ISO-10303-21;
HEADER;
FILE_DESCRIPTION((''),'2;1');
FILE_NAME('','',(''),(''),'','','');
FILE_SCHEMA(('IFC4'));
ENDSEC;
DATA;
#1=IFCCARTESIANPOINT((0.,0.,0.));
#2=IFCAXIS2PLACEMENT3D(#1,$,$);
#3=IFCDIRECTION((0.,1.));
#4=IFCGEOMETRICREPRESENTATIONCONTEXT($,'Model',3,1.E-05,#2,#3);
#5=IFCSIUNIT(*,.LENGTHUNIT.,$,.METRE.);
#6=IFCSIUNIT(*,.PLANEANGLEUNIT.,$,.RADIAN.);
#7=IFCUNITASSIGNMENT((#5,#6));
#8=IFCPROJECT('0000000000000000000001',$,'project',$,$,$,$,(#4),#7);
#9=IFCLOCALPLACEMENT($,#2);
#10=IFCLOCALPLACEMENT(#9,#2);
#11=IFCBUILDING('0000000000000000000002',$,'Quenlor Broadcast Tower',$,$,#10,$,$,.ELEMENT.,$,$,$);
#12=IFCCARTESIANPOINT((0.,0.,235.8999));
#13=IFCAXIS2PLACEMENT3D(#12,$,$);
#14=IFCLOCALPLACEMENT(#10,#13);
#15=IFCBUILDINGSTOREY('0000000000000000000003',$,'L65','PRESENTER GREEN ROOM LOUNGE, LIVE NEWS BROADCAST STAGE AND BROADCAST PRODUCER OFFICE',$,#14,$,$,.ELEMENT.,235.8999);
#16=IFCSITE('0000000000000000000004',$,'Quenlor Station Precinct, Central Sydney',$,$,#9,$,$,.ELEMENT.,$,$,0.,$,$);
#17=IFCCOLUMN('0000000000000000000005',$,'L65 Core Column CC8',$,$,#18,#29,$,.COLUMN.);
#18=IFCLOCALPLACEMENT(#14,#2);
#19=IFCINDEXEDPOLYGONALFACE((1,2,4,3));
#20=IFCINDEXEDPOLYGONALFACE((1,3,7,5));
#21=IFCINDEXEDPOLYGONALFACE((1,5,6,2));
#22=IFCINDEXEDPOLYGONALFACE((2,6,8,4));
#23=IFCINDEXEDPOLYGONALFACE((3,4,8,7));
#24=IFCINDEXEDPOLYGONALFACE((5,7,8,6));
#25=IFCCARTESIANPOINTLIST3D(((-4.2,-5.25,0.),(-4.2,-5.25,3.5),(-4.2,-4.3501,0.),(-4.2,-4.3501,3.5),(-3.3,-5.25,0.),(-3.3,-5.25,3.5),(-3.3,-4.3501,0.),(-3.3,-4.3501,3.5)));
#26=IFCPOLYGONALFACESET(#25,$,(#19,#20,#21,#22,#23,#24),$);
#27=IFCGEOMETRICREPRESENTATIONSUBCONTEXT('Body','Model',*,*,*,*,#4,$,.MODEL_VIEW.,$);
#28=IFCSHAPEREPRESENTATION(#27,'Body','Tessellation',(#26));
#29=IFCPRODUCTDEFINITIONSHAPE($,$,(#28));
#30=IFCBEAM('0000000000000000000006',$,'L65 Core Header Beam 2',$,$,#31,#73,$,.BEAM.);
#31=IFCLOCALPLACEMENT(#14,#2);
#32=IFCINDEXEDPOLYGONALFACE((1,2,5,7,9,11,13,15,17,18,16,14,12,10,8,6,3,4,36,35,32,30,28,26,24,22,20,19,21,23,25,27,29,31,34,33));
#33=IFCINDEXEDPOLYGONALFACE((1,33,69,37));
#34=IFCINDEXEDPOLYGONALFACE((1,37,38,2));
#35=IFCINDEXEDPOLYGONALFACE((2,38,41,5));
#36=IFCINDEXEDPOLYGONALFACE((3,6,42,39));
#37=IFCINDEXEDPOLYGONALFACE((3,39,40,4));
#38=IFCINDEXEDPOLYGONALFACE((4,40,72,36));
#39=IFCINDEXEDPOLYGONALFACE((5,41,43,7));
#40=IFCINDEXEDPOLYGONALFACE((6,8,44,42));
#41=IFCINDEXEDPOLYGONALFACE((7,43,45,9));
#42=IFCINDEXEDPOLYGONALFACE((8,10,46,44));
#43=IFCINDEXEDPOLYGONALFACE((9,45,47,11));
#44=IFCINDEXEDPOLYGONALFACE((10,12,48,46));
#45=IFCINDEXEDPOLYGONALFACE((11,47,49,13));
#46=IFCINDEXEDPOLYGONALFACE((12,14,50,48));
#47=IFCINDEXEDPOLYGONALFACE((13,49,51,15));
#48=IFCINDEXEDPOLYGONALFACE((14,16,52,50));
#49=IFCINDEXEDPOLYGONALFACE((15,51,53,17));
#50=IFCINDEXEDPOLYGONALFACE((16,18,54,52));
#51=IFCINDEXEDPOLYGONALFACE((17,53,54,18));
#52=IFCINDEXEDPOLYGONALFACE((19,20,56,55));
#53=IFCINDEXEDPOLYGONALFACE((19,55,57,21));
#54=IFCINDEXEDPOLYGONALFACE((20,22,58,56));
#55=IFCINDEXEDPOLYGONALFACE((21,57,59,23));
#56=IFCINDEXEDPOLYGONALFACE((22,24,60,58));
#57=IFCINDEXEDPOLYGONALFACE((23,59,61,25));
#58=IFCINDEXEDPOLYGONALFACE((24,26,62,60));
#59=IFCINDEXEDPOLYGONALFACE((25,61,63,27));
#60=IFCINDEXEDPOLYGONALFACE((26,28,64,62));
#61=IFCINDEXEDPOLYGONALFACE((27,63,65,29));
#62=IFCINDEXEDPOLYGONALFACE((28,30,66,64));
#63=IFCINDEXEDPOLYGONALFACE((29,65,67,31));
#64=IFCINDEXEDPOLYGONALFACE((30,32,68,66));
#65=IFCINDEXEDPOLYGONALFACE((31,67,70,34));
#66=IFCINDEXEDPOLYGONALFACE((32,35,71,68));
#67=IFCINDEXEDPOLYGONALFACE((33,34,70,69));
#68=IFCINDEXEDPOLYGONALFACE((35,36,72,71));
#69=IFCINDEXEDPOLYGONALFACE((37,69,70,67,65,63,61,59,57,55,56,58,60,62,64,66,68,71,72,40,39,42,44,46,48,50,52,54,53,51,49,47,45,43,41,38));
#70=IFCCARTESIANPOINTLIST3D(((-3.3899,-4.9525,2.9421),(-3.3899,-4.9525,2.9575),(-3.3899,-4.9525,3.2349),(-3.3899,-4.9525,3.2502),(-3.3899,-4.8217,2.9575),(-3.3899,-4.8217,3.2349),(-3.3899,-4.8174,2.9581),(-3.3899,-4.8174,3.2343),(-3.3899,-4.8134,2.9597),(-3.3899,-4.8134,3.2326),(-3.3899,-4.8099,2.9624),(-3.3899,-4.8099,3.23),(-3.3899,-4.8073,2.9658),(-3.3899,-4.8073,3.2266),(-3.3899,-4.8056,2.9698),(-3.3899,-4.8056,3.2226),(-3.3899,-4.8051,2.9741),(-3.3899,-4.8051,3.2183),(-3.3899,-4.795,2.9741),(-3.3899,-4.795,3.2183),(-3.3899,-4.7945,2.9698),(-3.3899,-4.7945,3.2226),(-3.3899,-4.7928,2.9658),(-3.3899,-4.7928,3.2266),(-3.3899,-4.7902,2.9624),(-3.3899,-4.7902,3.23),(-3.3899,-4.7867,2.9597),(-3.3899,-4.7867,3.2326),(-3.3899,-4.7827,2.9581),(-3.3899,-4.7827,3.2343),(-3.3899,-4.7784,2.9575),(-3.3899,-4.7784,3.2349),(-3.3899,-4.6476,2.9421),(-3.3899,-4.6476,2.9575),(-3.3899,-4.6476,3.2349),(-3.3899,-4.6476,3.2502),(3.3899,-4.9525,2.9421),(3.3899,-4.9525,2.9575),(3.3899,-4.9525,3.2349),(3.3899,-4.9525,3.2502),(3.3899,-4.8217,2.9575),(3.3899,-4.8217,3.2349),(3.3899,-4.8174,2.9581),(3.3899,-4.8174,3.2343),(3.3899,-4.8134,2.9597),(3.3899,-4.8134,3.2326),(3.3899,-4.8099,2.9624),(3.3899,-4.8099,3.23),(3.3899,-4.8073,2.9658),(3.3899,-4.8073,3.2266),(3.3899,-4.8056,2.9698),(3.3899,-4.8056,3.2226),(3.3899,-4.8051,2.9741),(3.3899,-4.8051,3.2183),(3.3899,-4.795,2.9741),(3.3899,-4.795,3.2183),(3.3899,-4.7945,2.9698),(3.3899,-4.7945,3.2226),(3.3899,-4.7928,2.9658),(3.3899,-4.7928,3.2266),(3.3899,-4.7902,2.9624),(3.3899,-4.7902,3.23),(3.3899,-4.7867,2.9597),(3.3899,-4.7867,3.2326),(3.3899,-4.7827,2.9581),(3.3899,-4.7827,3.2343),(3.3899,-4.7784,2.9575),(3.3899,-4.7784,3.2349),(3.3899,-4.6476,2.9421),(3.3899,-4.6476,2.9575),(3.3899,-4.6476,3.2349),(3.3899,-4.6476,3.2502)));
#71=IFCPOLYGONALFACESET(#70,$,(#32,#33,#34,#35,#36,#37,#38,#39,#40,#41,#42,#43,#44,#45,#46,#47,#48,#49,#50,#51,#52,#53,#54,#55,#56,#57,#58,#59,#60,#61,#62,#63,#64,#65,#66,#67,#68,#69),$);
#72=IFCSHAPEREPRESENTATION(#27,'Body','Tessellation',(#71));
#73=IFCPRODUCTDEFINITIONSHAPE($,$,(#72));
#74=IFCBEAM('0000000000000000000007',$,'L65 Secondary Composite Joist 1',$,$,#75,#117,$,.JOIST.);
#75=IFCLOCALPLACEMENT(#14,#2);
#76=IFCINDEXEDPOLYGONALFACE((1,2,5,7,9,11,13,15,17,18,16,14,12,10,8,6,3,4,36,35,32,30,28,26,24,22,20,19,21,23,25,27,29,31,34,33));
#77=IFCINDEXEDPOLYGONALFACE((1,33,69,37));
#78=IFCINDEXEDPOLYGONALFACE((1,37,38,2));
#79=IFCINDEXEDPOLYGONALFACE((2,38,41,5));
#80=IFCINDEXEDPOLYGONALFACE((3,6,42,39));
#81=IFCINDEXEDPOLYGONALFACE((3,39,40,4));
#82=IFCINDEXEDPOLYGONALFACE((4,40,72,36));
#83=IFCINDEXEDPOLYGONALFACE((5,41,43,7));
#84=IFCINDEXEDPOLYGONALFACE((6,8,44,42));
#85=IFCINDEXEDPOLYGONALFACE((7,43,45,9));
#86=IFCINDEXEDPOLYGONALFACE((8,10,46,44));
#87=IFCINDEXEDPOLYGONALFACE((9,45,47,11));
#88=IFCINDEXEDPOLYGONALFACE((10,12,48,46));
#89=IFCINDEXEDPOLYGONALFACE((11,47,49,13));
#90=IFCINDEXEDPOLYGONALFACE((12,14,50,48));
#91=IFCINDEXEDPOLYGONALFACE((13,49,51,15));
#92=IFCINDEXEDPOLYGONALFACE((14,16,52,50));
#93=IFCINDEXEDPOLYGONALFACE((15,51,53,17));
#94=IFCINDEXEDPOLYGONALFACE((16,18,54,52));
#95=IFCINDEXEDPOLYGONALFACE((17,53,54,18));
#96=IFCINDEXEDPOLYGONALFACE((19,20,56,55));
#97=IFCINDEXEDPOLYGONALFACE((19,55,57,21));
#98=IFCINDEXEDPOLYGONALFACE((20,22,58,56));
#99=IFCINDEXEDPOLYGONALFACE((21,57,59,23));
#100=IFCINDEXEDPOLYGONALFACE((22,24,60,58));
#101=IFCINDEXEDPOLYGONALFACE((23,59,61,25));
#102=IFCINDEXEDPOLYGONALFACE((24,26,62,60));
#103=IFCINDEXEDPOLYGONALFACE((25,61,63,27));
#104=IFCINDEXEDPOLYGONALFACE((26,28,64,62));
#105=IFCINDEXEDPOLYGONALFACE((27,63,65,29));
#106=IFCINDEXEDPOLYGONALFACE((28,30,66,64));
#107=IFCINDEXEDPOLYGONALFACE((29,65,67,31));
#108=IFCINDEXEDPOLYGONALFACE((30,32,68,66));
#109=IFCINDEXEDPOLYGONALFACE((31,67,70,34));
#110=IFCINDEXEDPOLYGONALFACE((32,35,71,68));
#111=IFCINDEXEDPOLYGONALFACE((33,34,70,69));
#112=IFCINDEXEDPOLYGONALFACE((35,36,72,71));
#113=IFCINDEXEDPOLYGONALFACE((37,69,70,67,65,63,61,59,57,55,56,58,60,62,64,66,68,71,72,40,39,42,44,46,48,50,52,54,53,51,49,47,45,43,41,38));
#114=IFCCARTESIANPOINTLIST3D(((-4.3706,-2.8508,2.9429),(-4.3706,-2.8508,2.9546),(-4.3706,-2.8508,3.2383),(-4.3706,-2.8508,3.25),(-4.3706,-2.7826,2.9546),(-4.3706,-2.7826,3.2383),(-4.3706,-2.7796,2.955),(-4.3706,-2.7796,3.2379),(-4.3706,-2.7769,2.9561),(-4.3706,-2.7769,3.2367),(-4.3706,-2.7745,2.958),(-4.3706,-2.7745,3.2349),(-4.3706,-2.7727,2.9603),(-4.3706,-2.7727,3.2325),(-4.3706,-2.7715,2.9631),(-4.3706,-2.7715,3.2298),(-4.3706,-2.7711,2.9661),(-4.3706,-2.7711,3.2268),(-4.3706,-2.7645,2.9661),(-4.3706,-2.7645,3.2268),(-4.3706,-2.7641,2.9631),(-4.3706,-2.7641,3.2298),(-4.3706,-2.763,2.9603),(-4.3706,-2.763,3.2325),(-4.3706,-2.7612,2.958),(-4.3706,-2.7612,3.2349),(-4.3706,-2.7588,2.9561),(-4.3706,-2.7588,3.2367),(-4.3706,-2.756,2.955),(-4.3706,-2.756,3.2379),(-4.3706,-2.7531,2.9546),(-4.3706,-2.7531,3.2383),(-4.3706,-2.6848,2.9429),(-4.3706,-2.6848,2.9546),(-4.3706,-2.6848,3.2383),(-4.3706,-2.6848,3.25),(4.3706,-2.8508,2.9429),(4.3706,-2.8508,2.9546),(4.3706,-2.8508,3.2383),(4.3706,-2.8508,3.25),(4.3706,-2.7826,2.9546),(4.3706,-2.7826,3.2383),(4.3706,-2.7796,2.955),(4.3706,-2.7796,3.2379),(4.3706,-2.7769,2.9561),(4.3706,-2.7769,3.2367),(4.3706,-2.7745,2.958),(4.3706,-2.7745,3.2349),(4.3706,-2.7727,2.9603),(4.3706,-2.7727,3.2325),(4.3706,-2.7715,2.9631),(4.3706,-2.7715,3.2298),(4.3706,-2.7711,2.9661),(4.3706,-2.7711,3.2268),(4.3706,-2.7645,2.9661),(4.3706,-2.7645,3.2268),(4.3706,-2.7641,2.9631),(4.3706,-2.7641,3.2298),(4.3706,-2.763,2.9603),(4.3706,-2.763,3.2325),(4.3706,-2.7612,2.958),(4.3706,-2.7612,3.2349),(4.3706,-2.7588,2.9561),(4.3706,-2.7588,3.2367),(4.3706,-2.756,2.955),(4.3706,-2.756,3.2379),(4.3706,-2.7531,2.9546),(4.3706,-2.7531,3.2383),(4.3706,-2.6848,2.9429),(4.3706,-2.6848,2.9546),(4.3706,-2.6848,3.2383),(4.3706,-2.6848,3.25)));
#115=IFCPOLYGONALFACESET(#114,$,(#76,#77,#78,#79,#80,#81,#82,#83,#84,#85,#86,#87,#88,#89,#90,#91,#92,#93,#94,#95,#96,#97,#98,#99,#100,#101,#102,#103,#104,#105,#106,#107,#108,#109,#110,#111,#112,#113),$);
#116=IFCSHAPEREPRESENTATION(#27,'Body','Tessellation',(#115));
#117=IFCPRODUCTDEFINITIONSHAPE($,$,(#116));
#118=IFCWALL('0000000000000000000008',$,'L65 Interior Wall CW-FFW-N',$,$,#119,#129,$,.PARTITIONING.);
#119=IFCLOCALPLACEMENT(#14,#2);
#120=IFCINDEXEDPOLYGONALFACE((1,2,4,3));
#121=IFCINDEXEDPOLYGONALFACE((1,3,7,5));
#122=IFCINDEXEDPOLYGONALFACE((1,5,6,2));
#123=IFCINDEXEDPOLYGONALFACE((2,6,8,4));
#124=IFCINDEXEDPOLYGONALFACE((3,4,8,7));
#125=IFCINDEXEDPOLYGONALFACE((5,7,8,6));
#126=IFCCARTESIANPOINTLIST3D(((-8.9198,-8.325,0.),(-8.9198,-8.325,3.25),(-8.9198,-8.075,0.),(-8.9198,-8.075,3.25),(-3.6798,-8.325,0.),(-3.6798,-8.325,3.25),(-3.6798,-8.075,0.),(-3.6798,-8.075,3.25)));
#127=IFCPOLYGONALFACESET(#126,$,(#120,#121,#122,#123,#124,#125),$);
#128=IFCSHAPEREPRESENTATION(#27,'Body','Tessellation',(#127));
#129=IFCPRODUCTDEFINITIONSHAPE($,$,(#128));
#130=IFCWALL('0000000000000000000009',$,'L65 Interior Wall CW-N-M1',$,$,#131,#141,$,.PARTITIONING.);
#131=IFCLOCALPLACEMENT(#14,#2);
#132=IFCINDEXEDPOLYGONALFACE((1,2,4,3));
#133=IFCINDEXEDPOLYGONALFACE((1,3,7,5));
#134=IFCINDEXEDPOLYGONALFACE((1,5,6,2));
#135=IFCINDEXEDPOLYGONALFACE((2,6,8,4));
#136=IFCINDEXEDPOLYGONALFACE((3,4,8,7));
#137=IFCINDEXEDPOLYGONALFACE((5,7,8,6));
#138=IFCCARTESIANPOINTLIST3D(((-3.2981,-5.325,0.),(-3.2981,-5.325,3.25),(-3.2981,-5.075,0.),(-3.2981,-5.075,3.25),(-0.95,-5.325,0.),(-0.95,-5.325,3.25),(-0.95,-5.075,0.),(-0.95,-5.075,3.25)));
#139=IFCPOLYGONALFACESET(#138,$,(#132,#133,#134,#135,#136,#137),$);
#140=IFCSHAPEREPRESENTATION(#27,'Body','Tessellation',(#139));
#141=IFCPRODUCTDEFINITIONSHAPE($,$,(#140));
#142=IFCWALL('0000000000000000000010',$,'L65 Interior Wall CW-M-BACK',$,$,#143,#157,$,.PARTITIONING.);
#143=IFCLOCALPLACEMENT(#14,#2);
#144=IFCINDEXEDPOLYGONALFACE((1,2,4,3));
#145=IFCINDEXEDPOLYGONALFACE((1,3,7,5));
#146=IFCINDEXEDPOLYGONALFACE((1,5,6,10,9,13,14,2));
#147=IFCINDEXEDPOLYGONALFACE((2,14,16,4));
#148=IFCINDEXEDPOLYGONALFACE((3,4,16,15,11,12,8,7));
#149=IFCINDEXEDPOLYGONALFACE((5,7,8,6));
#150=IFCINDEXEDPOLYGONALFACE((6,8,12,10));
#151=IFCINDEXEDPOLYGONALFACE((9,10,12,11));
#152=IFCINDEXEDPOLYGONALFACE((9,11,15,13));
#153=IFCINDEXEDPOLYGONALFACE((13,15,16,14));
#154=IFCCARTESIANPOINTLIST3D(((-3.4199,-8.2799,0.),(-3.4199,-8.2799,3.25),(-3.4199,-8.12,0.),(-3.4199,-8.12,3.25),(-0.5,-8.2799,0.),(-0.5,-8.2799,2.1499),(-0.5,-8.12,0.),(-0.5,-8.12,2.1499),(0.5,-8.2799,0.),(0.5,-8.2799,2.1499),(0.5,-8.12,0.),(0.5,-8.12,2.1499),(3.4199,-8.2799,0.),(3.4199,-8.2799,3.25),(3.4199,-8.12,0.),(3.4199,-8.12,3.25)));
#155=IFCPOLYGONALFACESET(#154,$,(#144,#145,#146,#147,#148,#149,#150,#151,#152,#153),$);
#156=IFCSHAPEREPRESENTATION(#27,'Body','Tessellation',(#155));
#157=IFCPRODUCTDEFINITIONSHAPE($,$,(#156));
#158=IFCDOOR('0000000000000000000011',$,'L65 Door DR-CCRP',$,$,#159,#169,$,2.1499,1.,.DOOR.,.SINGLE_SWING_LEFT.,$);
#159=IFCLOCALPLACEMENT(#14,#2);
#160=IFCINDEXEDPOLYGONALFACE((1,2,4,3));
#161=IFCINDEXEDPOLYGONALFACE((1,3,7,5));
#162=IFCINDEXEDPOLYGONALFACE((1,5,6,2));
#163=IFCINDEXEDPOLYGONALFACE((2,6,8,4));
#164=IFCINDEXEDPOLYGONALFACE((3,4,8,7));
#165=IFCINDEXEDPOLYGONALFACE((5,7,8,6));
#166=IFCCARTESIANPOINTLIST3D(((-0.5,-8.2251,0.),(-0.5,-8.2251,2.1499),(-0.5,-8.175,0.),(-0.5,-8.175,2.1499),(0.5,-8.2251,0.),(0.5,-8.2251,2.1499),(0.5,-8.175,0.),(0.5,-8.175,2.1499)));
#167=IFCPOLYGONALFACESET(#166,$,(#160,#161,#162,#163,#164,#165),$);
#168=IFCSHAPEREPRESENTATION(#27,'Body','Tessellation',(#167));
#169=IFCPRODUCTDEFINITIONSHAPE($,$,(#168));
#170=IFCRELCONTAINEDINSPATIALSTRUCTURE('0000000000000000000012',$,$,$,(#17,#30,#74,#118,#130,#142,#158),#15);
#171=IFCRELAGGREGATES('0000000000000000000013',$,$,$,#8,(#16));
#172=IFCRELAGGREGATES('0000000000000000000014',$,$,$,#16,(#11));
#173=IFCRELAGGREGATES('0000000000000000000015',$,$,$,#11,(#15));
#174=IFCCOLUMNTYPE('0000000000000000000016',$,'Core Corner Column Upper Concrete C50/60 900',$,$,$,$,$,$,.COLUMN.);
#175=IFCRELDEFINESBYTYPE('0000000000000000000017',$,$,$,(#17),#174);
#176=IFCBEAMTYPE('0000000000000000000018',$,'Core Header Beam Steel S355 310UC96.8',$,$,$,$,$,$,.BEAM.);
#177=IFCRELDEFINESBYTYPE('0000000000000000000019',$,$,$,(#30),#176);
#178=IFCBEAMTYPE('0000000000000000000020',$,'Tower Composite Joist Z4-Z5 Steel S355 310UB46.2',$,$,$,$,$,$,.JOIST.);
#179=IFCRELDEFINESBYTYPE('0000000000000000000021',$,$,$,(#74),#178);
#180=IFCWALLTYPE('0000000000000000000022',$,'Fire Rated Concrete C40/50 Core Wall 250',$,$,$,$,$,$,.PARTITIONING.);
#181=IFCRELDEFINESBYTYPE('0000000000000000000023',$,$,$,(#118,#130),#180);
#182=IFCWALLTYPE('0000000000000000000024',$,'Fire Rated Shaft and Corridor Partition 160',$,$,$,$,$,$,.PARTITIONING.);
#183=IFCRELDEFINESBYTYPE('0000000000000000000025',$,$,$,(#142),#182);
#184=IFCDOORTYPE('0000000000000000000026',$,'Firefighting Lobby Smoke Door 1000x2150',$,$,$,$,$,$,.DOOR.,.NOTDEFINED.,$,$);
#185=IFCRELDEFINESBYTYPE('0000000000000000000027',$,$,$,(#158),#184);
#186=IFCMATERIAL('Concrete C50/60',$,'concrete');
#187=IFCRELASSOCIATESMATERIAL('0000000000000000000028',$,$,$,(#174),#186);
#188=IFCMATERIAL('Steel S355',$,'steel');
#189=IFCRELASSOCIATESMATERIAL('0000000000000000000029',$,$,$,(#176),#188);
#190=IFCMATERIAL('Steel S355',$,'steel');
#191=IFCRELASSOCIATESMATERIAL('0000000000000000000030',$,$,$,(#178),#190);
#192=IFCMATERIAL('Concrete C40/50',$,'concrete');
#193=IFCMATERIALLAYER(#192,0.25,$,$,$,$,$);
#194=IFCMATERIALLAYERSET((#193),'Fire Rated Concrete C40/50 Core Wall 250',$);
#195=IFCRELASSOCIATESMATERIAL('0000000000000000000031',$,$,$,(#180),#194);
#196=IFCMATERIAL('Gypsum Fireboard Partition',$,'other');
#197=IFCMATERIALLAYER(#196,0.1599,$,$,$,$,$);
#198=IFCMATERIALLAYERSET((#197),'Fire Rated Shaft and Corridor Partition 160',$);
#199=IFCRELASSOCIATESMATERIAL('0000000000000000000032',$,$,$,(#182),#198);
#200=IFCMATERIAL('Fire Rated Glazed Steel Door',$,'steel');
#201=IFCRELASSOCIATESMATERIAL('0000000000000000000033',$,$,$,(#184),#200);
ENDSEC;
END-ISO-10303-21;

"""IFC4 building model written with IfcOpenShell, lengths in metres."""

from ifc_helpers import new_model, si_unit, direction, frame, frame_2d, origin, origin_2d, place, context, subcontext, project, spatial, rectangle, i_section, extrude, material, layer, layer_set, material_profile, profile_set, type_object, element, fill, save


model = new_model("IFC4")

# Units and contexts
model_context = context("Model", 3, precision=1e-05, world=origin(), true_north=direction((0.0, 1.0)))
body_context = subcontext(model_context, "Body", "Model", "MODEL_VIEW")
ifc_project = project(units=[si_unit("LENGTHUNIT", "METRE"), si_unit("PLANEANGLEUNIT", "RADIAN")], contexts=[model_context])

# Site, building, storey
site_placement = place(None, origin())
site = spatial("IfcSite", under=ifc_project, at=site_placement, Name="Quenlor Station Precinct, Central Sydney", CompositionType="ELEMENT", RefElevation=0.0)
building_placement = place(site_placement, origin())
building = spatial("IfcBuilding", under=site, at=building_placement, Name="Quenlor Broadcast Tower", CompositionType="ELEMENT")
storey_placement = place(building_placement, frame((0.0, 0.0, 235.8999)))
storey = spatial("IfcBuildingStorey", under=building, at=storey_placement, Name="L65", Description="PRESENTER GREEN ROOM LOUNGE, LIVE NEWS BROADCAST STAGE AND BROADCAST PRODUCER OFFICE", CompositionType="ELEMENT", Elevation=235.8999)

# Column
ifc_material_1 = material(Name="Concrete C50/60", Category="concrete")
ifc_material_profile_1 = material_profile(ifc_material_1, rectangle(XDim=0.8999, YDim=0.8999, at=origin_2d()))
ifc_profile_set_1 = profile_set([ifc_material_profile_1], Name="Concrete C50/60 RC900x900")
column_type = type_object("IfcColumnType", Name="Core Corner Column Upper Concrete C50/60 900", PredefinedType="COLUMN", material=ifc_profile_set_1)
column_placement = place(storey_placement, frame((-3.75, -4.8, 0.0), z_axis=(0.0, 0.0, 1.0), x_axis=(1.0, 0.0, 0.0)))
element("IfcColumn", 1, at=column_placement, inside=storey, type_object=column_type, Name="L65 Core Column CC8", PredefinedType="COLUMN", context=body_context, shape_type="SweptSolid", body=[
    extrude(rectangle(XDim=0.8999, YDim=0.8999, at=origin_2d()), origin(), (0.0, 0.0, 1.0), 3.5),
])

# Beams
ifc_material_2 = material(Name="Steel S355", Category="steel")
ifc_material_profile_2 = material_profile(ifc_material_2, i_section(OverallWidth=0.3049, OverallDepth=0.3081, WebThickness=0.01, FlangeThickness=0.0154, FilletRadius=0.0166, at=origin_2d()))
ifc_profile_set_2 = profile_set([ifc_material_profile_2], Name="Steel S355 310UC96.8")
beam_type_1 = type_object("IfcBeamType", Name="Core Header Beam Steel S355 310UC96.8", PredefinedType="BEAM", material=ifc_profile_set_2)
beam_1_placement = place(storey_placement, frame((-3.3899, -4.8, 3.0962), z_axis=(1.0, 0.0, 0.0), x_axis=(0.0, 1.0, 0.0)))
element("IfcBeam", 2, at=beam_1_placement, inside=storey, type_object=beam_type_1, Name="L65 Core Header Beam 2", PredefinedType="BEAM", context=body_context, shape_type="SweptSolid", body=[
    extrude(i_section(OverallWidth=0.3049, OverallDepth=0.3081, WebThickness=0.01, FlangeThickness=0.0154, FilletRadius=0.0166, at=origin_2d()), origin(), (0.0, 0.0, 1.0), 6.7798),
])
ifc_material_3 = material(Name="Steel S355", Category="steel")
ifc_material_profile_3 = material_profile(ifc_material_3, i_section(OverallWidth=0.166, OverallDepth=0.3071, WebThickness=0.0066, FlangeThickness=0.0117, FilletRadius=0.0115, at=origin_2d()))
ifc_profile_set_3 = profile_set([ifc_material_profile_3], Name="Steel S355 310UB46.2")
beam_type_2 = type_object("IfcBeamType", Name="Tower Composite Joist Z4-Z5 Steel S355 310UB46.2", PredefinedType="JOIST", material=ifc_profile_set_3)
beam_2_placement = place(storey_placement, frame((-4.3706, -2.7678, 3.0964), z_axis=(1.0, 0.0, 0.0), x_axis=(0.0, 1.0, 0.0)))
element("IfcBeam", 3, at=beam_2_placement, inside=storey, type_object=beam_type_2, Name="L65 Secondary Composite Joist 1", PredefinedType="JOIST", context=body_context, shape_type="SweptSolid", body=[
    extrude(i_section(OverallWidth=0.166, OverallDepth=0.3071, WebThickness=0.0066, FlangeThickness=0.0117, FilletRadius=0.0115, at=origin_2d()), origin(), (0.0, 0.0, 1.0), 8.7412),
])

# Walls
ifc_material_4 = material(Name="Concrete C40/50", Category="concrete")
ifc_layer_1 = layer(ifc_material_4, 0.25)
ifc_layer_set_1 = layer_set([ifc_layer_1], Name="Fire Rated Concrete C40/50 Core Wall 250")
wall_type_1 = type_object("IfcWallType", Name="Fire Rated Concrete C40/50 Core Wall 250", PredefinedType="PARTITIONING", material=ifc_layer_set_1)
wall_1_placement = place(storey_placement, frame((-8.9199, -8.2, 0.0), z_axis=(0.0, 0.0, 1.0), x_axis=(1.0, 0.0, 0.0)))
element("IfcWall", 4, at=wall_1_placement, inside=storey, type_object=wall_type_1, Name="L65 Interior Wall CW-FFW-N", PredefinedType="PARTITIONING", context=body_context, shape_type="SweptSolid", body=[
    extrude(rectangle(XDim=5.24, YDim=0.25, at=frame_2d((2.6201, 0.0))), origin(), (0.0, 0.0, 1.0), 3.25),
])
wall_2_placement = place(storey_placement, frame((-3.2981, -5.2, 0.0), z_axis=(0.0, 0.0, 1.0), x_axis=(1.0, 0.0, 0.0)))
element("IfcWall", 5, at=wall_2_placement, inside=storey, type_object=wall_type_1, Name="L65 Interior Wall CW-N-M1", PredefinedType="PARTITIONING", context=body_context, shape_type="SweptSolid", body=[
    extrude(rectangle(XDim=2.3481, YDim=0.25, at=frame_2d((1.1741, 0.0))), origin(), (0.0, 0.0, 1.0), 3.25),
])

# Wall, opening, door
ifc_material_5 = material(Name="Gypsum Fireboard Partition", Category="other")
ifc_layer_2 = layer(ifc_material_5, 0.1599)
ifc_layer_set_2 = layer_set([ifc_layer_2], Name="Fire Rated Shaft and Corridor Partition 160")
wall_type_2 = type_object("IfcWallType", Name="Fire Rated Shaft and Corridor Partition 160", PredefinedType="PARTITIONING", material=ifc_layer_set_2)
wall_3_placement = place(storey_placement, frame((-3.4199, -8.2, 0.0), z_axis=(0.0, 0.0, 1.0), x_axis=(1.0, 0.0, 0.0)))
wall_3 = element("IfcWall", 6, at=wall_3_placement, inside=storey, type_object=wall_type_2, Name="L65 Interior Wall CW-M-BACK", PredefinedType="PARTITIONING", context=body_context, shape_type="SweptSolid", body=[
    extrude(rectangle(XDim=6.8398, YDim=0.1599, at=frame_2d((3.4199, 0.0))), origin(), (0.0, 0.0, 1.0), 3.25),
])
opening_1_placement = place(wall_3_placement, frame((2.9199, 0.0, 0.0)))
opening_1 = element("IfcOpeningElement", 7, at=opening_1_placement, cuts=wall_3, PredefinedType="OPENING", context=body_context, shape_type="SweptSolid", body=[
    extrude(rectangle(XDim=1.0, YDim=2.1499, at=frame_2d((0.5, 1.075))), frame((0.0, 0.0898, 0.0), z_axis=(0.0, -1.0, 0.0), x_axis=(1.0, 0.0, 0.0)), (0.0, 0.0, 1.0), 0.1799),
])
ifc_material_6 = material(Name="Fire Rated Glazed Steel Door", Category="steel")
door_type_1 = type_object("IfcDoorType", Name="Firefighting Lobby Smoke Door 1000x2150", OperationType="NOTDEFINED", PredefinedType="DOOR", material=ifc_material_6)
door_1_placement = place(opening_1_placement, origin())
door_1 = element("IfcDoor", 8, at=door_1_placement, inside=storey, type_object=door_type_1, Name="L65 Door DR-CCRP", OperationType="SINGLE_SWING_LEFT", OverallHeight=2.1499, OverallWidth=1.0, PredefinedType="DOOR", context=body_context, shape_type="SweptSolid", body=[
    extrude(rectangle(XDim=1.0, YDim=2.1499, at=frame_2d((0.5, 1.075))), frame((0.0, 0.0249, 0.0), z_axis=(0.0, -1.0, 0.0), x_axis=(1.0, 0.0, 0.0)), (0.0, 0.0, 1.0), 0.05),
])
fill(opening_1, door_1)

save(model, "model.ifc")
